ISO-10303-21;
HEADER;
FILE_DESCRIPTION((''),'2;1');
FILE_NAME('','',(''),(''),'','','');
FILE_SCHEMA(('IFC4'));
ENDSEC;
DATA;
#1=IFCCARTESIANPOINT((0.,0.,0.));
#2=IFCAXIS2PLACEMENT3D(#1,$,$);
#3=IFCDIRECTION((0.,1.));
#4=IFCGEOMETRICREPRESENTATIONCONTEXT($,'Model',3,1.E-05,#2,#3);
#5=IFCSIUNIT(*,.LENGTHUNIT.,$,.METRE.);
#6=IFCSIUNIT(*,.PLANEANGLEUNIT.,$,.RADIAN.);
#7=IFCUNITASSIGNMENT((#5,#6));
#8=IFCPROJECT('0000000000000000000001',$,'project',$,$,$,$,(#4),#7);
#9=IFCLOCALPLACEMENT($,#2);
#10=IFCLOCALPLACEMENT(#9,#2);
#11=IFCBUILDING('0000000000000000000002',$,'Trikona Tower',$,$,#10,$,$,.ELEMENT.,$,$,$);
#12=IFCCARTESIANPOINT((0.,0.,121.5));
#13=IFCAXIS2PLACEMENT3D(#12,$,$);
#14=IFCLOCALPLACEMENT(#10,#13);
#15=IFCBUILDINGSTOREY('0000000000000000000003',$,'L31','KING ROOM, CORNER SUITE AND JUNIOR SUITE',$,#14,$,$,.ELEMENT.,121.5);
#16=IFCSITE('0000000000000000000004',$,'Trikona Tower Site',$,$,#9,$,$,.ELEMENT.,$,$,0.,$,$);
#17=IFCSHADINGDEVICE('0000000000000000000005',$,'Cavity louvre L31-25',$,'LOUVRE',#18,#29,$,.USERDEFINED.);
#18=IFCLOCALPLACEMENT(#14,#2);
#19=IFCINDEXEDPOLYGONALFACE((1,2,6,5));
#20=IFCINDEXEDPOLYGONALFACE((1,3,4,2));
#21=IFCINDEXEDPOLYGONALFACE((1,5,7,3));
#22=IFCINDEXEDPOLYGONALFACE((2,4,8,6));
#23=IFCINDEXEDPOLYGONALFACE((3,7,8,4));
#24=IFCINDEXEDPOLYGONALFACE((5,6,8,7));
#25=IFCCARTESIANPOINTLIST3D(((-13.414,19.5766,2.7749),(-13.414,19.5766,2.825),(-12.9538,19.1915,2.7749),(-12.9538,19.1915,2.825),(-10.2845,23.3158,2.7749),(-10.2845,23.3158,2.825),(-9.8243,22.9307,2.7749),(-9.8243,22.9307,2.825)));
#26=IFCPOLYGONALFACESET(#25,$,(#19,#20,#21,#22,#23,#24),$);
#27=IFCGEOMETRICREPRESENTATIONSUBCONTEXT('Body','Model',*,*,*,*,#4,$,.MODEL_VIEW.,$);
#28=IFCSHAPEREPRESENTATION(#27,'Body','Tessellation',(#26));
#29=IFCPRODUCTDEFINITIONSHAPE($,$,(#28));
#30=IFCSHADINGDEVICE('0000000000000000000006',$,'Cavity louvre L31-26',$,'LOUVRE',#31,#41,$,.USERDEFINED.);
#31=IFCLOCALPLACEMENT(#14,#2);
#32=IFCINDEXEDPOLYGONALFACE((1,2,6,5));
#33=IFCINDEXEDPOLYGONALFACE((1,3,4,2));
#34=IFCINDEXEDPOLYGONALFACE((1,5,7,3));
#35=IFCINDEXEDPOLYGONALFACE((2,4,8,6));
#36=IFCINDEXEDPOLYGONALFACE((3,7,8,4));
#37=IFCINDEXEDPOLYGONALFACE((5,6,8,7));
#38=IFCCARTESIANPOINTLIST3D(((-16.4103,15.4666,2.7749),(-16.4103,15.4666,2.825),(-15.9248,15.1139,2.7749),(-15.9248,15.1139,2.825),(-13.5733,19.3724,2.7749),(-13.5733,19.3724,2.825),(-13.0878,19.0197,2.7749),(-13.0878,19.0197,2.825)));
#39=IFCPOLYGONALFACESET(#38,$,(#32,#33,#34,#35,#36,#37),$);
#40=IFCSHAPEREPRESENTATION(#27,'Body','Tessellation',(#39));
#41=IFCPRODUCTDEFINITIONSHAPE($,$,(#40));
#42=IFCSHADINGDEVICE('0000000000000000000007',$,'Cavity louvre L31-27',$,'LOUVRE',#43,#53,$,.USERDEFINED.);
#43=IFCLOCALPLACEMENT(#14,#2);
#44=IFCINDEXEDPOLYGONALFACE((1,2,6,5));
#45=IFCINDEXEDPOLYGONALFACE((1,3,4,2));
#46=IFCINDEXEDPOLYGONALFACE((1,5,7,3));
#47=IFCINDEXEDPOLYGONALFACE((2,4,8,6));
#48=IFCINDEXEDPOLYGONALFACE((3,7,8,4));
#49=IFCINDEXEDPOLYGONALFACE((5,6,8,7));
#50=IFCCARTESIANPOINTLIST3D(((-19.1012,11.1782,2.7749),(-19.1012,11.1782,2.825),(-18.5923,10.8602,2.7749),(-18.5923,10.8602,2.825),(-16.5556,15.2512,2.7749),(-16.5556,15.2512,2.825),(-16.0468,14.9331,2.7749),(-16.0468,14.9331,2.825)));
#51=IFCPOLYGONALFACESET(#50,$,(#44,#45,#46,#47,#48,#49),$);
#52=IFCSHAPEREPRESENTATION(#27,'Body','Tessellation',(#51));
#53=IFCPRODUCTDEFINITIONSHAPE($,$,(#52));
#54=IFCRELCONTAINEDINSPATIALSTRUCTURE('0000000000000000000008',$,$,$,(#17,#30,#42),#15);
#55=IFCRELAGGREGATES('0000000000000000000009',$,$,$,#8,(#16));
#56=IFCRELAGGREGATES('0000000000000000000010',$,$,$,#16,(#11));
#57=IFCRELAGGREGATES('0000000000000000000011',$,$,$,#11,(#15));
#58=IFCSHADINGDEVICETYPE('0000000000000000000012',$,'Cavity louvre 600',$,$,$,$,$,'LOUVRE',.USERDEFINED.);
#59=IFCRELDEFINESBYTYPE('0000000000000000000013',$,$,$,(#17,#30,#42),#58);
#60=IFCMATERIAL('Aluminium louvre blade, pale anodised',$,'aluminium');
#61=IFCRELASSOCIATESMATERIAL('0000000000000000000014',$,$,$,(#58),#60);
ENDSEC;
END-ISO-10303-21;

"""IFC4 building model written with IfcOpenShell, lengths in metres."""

from ifc_helpers import new_model, si_unit, direction, frame, origin, origin_2d, place, context, subcontext, project, spatial, rectangle, extrude, material, type_object, element, save


model = new_model("IFC4")

# Units and contexts
model_context = context("Model", 3, precision=1e-05, world=origin(), true_north=direction((0.0, 1.0)))
body_context = subcontext(model_context, "Body", "Model", "MODEL_VIEW")
ifc_project = project(units=[si_unit("LENGTHUNIT", "METRE"), si_unit("PLANEANGLEUNIT", "RADIAN")], contexts=[model_context])

# Site, building, storey
site_placement = place(None, origin())
site = spatial("IfcSite", under=ifc_project, at=site_placement, Name="Trikona Tower Site", CompositionType="ELEMENT", RefElevation=0.0)
building_placement = place(site_placement, origin())
building = spatial("IfcBuilding", under=site, at=building_placement, Name="Trikona Tower", CompositionType="ELEMENT")
storey_placement = place(building_placement, frame((0.0, 0.0, 121.5)))
storey = spatial("IfcBuildingStorey", under=building, at=storey_placement, Name="L31", Description="KING ROOM, CORNER SUITE AND JUNIOR SUITE", CompositionType="ELEMENT", Elevation=121.5)

# Shading devices
ifc_material_1 = material(Name="Aluminium louvre blade, pale anodised", Category="aluminium")
shading_device_type = type_object("IfcShadingDeviceType", Name="Cavity louvre 600", ElementType="LOUVRE", PredefinedType="USERDEFINED", material=ifc_material_1)
shading_device_1_placement = place(storey_placement, frame((-11.6191, 21.2537, 2.7749), z_axis=(0.0, 0.0, 1.0), x_axis=(-0.641807, -0.766866, 0.0)))
element("IfcShadingDevice", 1, at=shading_device_1_placement, inside=storey, type_object=shading_device_type, Name="Cavity louvre L31-25", ObjectType="LOUVRE", PredefinedType="USERDEFINED", context=body_context, shape_type="SweptSolid", body=[
    extrude(rectangle(XDim=4.876, YDim=0.6001, at=origin_2d()), origin(), (0.0, 0.0, 1.0), 0.05),
])
shading_device_2_placement = place(storey_placement, frame((-14.749, 17.2432, 2.7749), z_axis=(0.0, 0.0, 1.0), x_axis=(-0.587686, -0.809089, 0.0)))
element("IfcShadingDevice", 2, at=shading_device_2_placement, inside=storey, type_object=shading_device_type, Name="Cavity louvre L31-26", ObjectType="LOUVRE", PredefinedType="USERDEFINED", context=body_context, shape_type="SweptSolid", body=[
    extrude(rectangle(XDim=4.8274, YDim=0.6001, at=origin_2d()), origin(), (0.0, 0.0, 1.0), 0.05),
])
shading_device_3_placement = place(storey_placement, frame((-17.574, 13.0557, 2.7749), z_axis=(0.0, 0.0, 1.0), x_axis=(-0.529995, -0.848001, 0.0)))
element("IfcShadingDevice", 3, at=shading_device_3_placement, inside=storey, type_object=shading_device_type, Name="Cavity louvre L31-27", ObjectType="LOUVRE", PredefinedType="USERDEFINED", context=body_context, shape_type="SweptSolid", body=[
    extrude(rectangle(XDim=4.803, YDim=0.6001, at=origin_2d()), origin(), (0.0, 0.0, 1.0), 0.05),
])

save(model, "model.ifc")
